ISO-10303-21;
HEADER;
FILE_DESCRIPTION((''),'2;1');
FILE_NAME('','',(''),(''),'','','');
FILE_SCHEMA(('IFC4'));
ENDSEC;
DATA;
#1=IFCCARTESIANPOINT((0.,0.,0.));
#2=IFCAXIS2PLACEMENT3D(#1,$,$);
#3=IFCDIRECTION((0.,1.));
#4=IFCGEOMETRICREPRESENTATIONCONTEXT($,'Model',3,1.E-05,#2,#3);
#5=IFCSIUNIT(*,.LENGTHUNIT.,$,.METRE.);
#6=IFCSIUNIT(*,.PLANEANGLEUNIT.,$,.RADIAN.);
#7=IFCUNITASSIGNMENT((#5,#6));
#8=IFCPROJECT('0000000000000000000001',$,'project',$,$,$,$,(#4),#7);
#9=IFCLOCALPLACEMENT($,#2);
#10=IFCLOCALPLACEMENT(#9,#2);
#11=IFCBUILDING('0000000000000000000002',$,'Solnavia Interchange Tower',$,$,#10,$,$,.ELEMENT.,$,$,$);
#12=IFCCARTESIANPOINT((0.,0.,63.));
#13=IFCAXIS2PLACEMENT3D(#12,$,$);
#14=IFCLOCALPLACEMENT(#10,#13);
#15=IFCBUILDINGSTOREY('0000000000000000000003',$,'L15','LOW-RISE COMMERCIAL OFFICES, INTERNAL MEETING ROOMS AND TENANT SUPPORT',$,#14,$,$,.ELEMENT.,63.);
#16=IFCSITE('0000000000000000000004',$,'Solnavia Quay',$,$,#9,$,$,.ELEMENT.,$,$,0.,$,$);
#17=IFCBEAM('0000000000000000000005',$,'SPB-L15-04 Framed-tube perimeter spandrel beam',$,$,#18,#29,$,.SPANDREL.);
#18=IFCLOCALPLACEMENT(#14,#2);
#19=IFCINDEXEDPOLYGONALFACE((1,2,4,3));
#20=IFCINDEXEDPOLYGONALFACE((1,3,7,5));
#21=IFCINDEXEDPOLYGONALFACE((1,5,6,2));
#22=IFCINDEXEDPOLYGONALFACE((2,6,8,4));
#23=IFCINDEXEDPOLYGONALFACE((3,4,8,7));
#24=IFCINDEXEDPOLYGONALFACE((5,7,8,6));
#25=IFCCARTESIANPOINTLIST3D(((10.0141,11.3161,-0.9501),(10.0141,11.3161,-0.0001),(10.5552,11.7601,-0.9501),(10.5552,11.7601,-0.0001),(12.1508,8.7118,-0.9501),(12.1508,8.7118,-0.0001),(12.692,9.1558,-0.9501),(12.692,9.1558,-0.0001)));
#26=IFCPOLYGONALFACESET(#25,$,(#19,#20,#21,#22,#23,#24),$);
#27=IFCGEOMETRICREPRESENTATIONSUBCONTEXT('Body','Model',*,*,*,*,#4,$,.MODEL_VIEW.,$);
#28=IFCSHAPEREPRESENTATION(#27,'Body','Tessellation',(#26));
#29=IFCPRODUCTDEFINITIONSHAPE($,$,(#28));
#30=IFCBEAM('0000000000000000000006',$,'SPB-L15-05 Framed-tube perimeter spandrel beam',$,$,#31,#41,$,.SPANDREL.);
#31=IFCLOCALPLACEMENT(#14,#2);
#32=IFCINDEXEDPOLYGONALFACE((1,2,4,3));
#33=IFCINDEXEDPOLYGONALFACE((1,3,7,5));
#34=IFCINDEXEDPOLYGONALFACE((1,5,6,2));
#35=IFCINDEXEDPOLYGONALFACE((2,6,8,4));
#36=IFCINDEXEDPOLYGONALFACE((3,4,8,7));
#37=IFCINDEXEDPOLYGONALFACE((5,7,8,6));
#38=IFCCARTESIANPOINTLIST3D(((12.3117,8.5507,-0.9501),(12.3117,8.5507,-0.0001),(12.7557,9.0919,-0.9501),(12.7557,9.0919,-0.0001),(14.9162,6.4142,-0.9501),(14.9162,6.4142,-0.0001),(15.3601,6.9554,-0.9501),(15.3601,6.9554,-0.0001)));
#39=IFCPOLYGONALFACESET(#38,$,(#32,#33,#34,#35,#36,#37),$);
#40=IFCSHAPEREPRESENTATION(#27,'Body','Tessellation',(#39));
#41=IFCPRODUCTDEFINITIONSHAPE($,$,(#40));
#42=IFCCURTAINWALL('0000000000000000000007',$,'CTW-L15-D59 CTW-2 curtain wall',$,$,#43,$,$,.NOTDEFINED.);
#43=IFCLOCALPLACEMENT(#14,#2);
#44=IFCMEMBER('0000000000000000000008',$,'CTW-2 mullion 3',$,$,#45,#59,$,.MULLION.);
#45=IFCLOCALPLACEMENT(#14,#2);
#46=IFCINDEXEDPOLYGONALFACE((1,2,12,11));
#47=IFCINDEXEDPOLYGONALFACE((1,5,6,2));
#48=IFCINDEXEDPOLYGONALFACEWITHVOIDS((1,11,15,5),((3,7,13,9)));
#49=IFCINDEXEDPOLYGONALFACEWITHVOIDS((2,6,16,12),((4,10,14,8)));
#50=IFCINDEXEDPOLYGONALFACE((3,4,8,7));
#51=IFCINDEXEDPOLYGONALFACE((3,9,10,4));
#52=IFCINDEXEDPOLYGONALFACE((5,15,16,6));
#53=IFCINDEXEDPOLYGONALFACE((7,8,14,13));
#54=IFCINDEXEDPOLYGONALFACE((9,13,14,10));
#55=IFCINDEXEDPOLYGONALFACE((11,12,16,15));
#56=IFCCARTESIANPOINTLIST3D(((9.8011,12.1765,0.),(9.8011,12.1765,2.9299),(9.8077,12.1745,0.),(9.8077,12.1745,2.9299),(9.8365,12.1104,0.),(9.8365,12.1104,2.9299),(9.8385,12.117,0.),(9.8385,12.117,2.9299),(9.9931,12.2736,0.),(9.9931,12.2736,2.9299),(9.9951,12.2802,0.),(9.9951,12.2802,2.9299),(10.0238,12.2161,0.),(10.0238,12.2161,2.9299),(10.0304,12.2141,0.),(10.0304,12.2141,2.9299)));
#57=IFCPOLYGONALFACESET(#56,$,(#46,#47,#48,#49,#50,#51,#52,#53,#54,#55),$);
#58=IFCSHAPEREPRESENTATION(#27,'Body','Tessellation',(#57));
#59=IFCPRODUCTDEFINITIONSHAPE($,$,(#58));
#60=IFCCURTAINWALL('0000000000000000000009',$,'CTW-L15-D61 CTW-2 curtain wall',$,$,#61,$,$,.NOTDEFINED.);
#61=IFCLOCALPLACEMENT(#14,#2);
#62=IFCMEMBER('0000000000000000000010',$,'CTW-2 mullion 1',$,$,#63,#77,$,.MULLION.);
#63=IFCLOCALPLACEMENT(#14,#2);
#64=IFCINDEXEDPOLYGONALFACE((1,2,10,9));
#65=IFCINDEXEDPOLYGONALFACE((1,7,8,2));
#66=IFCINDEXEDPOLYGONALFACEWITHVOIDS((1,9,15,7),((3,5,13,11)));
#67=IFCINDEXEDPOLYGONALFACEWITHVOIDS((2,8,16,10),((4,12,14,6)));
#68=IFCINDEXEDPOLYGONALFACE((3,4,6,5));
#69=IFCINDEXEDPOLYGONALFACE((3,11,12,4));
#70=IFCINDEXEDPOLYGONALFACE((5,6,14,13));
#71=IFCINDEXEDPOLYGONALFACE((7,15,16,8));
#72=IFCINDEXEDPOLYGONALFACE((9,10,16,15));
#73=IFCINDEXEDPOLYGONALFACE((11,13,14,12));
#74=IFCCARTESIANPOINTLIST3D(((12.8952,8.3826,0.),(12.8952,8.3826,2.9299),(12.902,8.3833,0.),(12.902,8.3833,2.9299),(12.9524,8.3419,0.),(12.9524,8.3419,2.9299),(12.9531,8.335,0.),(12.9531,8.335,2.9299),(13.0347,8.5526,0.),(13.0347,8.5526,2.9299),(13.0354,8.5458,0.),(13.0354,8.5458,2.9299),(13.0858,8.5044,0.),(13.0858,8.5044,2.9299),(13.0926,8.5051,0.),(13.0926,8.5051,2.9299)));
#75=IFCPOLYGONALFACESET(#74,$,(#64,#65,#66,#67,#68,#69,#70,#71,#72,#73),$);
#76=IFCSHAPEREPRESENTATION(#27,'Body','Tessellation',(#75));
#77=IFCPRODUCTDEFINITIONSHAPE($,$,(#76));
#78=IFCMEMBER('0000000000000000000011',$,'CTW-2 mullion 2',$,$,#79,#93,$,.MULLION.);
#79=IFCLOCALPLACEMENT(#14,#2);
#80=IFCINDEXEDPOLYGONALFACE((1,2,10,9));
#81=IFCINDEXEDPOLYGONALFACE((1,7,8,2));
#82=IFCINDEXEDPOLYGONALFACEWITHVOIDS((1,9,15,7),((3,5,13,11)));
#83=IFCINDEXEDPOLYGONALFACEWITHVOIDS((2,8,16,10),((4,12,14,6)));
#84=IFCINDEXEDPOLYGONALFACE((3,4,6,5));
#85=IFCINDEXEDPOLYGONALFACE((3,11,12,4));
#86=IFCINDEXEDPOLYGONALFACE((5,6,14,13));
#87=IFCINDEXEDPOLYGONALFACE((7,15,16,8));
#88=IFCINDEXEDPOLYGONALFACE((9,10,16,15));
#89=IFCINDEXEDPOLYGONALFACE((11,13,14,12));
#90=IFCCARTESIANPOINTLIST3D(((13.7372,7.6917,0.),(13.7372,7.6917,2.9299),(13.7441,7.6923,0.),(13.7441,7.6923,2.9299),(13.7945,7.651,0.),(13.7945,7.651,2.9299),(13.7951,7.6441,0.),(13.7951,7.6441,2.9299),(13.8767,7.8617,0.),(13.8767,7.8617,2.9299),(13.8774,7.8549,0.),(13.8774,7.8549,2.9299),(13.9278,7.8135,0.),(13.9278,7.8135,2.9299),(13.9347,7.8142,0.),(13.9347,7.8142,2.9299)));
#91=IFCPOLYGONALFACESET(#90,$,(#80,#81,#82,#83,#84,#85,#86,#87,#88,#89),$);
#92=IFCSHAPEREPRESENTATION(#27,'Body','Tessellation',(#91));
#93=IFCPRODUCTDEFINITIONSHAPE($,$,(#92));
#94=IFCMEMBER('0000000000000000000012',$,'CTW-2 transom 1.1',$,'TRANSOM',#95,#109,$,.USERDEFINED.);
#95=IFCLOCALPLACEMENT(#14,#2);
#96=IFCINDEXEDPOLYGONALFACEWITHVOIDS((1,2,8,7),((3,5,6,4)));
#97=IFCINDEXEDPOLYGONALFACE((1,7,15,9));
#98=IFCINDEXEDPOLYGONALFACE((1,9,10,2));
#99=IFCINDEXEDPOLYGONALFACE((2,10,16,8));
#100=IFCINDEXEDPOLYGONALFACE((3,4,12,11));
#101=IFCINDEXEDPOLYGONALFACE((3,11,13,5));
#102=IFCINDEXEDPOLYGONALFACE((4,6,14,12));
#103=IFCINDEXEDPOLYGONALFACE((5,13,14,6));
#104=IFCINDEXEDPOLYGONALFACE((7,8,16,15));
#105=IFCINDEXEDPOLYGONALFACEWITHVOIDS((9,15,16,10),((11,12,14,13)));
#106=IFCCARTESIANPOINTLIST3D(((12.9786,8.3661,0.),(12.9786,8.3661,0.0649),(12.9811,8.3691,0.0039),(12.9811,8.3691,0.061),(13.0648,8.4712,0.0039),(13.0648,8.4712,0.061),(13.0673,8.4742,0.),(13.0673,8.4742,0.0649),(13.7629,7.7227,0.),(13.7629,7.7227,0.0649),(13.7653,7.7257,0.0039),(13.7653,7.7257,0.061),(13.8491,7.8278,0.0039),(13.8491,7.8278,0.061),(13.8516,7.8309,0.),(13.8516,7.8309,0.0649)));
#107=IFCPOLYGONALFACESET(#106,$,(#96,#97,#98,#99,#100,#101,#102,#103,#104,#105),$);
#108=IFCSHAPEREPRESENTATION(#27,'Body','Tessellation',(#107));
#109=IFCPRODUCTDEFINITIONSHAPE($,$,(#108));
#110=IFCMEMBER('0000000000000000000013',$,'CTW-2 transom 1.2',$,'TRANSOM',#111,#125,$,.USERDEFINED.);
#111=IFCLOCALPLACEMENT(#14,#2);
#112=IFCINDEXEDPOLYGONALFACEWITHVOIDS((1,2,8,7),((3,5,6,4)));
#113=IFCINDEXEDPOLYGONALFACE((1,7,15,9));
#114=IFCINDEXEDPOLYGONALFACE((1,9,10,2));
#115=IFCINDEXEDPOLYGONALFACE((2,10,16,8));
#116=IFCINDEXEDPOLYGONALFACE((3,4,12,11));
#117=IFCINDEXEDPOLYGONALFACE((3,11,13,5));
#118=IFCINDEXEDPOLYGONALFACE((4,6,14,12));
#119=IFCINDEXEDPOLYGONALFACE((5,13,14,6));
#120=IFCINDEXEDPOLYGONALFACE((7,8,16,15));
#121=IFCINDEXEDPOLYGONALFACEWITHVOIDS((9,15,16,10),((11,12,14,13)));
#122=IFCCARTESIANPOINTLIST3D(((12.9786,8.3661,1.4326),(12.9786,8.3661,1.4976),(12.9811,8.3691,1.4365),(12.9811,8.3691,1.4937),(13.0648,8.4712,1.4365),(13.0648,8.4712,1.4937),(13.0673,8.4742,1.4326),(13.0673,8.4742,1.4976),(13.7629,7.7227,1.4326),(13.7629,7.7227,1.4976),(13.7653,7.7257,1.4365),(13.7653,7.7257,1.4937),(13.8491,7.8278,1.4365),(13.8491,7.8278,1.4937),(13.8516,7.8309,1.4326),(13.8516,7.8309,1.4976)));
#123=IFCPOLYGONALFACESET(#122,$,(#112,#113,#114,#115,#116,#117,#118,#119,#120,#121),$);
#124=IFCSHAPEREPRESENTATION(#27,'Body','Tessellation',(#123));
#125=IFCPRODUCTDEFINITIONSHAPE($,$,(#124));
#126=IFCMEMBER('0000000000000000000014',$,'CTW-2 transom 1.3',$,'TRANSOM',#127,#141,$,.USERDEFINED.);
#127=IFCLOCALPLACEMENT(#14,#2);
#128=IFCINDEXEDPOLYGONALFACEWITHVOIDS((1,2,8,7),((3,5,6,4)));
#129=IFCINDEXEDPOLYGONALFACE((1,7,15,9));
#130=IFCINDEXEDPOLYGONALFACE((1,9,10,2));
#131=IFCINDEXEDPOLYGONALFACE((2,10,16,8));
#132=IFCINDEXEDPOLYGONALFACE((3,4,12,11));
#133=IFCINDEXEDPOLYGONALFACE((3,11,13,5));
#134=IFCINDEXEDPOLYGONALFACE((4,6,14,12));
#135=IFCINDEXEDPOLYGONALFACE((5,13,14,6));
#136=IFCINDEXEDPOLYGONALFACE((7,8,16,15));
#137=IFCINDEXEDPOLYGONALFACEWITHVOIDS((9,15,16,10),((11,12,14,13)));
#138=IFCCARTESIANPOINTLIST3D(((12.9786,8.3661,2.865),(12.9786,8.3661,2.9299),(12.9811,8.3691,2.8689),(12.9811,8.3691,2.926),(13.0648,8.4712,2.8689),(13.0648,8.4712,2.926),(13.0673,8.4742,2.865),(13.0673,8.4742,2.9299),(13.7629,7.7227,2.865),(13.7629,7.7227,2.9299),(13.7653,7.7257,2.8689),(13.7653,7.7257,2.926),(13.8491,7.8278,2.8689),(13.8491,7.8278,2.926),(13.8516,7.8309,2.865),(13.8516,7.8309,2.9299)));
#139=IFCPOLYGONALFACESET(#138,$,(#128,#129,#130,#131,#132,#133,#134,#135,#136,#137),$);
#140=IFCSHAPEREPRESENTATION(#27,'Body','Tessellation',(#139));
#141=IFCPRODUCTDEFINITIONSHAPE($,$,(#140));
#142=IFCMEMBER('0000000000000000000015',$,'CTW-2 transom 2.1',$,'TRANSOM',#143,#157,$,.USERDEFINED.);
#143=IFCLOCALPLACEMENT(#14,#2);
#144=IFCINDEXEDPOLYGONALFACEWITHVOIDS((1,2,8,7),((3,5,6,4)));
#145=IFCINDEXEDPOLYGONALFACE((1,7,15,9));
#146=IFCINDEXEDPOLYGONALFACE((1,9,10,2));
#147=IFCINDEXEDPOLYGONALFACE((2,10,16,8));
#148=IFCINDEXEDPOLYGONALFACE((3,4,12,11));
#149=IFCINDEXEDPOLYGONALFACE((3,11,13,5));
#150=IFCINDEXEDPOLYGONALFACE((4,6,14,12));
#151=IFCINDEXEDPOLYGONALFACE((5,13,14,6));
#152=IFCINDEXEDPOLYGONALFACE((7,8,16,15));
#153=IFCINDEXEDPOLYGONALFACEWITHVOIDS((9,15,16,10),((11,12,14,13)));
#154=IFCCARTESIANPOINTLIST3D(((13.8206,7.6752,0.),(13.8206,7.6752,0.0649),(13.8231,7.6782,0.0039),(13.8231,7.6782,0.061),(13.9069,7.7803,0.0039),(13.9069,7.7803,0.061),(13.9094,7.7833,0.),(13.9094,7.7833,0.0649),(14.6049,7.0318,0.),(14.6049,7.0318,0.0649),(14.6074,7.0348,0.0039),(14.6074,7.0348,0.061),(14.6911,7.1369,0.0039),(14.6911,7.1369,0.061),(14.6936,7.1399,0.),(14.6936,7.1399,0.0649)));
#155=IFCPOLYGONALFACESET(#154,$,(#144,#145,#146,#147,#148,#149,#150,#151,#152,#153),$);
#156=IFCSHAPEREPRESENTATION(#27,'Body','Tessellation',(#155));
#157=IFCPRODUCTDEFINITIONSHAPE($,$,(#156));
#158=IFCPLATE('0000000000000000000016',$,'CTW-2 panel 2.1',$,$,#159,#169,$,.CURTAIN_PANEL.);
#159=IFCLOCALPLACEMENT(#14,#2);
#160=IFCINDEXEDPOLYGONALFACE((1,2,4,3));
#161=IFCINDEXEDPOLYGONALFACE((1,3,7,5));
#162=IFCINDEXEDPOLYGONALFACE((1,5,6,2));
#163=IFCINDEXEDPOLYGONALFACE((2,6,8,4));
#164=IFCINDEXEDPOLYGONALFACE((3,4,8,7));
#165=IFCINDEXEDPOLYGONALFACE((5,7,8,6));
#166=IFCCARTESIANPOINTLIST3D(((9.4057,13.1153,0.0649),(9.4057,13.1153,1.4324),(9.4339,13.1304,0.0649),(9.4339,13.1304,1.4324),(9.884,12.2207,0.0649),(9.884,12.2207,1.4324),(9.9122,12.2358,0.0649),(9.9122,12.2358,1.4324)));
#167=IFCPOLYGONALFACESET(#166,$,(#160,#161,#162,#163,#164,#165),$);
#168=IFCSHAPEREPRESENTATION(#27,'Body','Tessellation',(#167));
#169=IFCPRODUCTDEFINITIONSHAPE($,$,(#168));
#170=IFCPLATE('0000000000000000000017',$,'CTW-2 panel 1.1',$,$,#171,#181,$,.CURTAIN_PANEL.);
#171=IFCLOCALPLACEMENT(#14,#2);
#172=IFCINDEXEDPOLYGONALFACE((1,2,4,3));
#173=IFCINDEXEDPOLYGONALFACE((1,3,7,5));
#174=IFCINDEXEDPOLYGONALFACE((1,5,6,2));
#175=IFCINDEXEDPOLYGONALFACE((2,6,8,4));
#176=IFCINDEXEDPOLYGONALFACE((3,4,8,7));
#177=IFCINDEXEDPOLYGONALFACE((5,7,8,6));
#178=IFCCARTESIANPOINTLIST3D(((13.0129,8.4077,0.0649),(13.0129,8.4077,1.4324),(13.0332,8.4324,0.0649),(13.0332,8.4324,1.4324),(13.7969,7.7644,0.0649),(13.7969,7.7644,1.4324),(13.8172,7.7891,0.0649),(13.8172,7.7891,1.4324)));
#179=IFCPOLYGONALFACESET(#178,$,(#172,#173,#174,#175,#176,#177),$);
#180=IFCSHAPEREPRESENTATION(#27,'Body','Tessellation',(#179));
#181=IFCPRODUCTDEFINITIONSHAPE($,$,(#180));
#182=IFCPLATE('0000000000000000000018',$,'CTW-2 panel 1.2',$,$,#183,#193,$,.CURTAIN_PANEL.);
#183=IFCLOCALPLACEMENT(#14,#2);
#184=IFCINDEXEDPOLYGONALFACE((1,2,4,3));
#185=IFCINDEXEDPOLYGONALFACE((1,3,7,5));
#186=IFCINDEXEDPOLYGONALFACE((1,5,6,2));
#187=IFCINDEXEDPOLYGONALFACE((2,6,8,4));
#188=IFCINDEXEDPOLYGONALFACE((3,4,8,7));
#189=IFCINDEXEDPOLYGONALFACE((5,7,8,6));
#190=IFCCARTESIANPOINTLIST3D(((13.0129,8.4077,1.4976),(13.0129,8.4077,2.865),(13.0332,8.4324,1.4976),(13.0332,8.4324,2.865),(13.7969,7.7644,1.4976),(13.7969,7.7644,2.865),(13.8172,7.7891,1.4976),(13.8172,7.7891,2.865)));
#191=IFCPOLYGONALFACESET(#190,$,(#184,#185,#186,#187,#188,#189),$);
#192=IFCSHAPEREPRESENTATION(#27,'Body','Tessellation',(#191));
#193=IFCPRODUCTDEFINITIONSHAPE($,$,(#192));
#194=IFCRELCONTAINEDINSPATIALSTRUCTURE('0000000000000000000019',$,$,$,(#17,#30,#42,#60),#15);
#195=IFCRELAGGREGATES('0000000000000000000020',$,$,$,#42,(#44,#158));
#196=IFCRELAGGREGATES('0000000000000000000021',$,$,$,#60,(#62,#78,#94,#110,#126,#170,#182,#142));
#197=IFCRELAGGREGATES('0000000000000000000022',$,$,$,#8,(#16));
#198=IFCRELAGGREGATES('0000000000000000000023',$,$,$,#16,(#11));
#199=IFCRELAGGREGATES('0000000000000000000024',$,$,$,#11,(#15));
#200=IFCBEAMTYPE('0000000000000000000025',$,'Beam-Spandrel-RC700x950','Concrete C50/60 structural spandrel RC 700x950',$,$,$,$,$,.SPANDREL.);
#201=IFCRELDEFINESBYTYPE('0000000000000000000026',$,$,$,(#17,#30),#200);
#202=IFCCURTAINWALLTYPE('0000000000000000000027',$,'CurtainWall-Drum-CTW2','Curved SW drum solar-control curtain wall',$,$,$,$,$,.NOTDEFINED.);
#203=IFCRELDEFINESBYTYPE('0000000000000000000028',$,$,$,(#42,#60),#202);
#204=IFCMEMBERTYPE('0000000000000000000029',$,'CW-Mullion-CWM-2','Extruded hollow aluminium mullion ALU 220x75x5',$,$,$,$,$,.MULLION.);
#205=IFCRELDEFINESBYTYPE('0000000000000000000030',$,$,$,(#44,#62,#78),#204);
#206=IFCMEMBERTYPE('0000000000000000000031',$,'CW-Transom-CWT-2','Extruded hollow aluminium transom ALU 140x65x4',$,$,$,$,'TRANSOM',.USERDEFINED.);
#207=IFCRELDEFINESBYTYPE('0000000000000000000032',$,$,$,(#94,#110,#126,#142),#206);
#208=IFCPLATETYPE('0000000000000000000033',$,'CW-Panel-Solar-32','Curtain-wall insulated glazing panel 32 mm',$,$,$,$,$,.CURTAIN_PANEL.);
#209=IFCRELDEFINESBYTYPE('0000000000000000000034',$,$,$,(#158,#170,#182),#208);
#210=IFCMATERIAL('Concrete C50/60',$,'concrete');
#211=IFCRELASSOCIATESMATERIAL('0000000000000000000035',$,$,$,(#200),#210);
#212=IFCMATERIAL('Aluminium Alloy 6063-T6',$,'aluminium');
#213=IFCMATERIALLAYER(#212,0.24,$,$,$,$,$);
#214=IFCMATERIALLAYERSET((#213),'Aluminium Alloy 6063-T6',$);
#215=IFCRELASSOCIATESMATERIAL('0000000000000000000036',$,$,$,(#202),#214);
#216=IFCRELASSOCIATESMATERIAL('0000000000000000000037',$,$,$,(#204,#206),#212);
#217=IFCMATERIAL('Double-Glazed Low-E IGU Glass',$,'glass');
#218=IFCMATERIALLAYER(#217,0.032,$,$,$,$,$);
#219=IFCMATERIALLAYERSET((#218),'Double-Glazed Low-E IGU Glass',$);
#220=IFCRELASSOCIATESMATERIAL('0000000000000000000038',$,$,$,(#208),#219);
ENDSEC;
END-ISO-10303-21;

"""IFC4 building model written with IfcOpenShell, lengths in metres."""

from ifc_helpers import new_model, si_unit, direction, frame, origin, origin_2d, place, context, subcontext, project, spatial, rectangle, hollow_rectangle, extrude, material, layer, layer_set, material_profile, profile_set, type_object, element, aggregate, save


model = new_model("IFC4")

# Units and contexts
model_context = context("Model", 3, precision=1e-05, world=origin(), true_north=direction((0.0, 1.0)))
body_context = subcontext(model_context, "Body", "Model", "MODEL_VIEW")
ifc_project = project(units=[si_unit("LENGTHUNIT", "METRE"), si_unit("PLANEANGLEUNIT", "RADIAN")], contexts=[model_context])

# Site, building, storey
site_placement = place(None, origin())
site = spatial("IfcSite", under=ifc_project, at=site_placement, Name="Solnavia Quay", CompositionType="ELEMENT", RefElevation=0.0)
building_placement = place(site_placement, origin())
building = spatial("IfcBuilding", under=site, at=building_placement, Name="Solnavia Interchange Tower", CompositionType="ELEMENT")
storey_placement = place(building_placement, frame((0.0, 0.0, 63.0)))
storey = spatial("IfcBuildingStorey", under=building, at=storey_placement, Name="L15", Description="LOW-RISE COMMERCIAL OFFICES, INTERNAL MEETING ROOMS AND TENANT SUPPORT", CompositionType="ELEMENT", Elevation=63.0)

# Beams
ifc_material_1 = material(Name="Concrete C50/60", Category="concrete")
ifc_material_profile_1 = material_profile(ifc_material_1, rectangle(XDim=0.7, YDim=0.95, at=origin_2d()), Name="RC 700x950")
ifc_profile_set_1 = profile_set([ifc_material_profile_1], Name="Concrete C50/60")
beam_type_1 = type_object("IfcBeamType", Name="Beam-Spandrel-RC700x950", Description="Concrete C50/60 structural spandrel RC 700x950", PredefinedType="SPANDREL", material=ifc_profile_set_1)
for number, where, z_axis, x_axis, name in (
    (1, (10.2847, 11.5381, -0.4751), (0.634299, -0.773088, 0.0), (0.773088, 0.634299, 0.0), "SPB-L15-04 Framed-tube perimeter spandrel beam"),
    (2, (12.5337, 8.8213, -0.4751), (0.773153, -0.63422, 0.0), (0.63422, 0.773153, 0.0), "SPB-L15-05 Framed-tube perimeter spandrel beam"),
):
    element("IfcBeam", number, at=place(storey_placement, frame(where, z_axis=z_axis, x_axis=x_axis)), inside=storey, type_object=beam_type_1, Name=name, PredefinedType="SPANDREL", context=body_context, shape_type="SweptSolid", body=[
        extrude(rectangle(XDim=0.7, YDim=0.95, at=origin_2d()), origin(), (0.0, 0.0, 1.0), 3.3687),
    ])

# Curtain wall, member
ifc_material_2 = material(Name="Aluminium Alloy 6063-T6", Category="aluminium")
ifc_layer_1 = layer(ifc_material_2, 0.24)
ifc_layer_set_1 = layer_set([ifc_layer_1], Name="Aluminium Alloy 6063-T6")
curtain_wall_type = type_object("IfcCurtainWallType", Name="CurtainWall-Drum-CTW2", Description="Curved SW drum solar-control curtain wall", PredefinedType="NOTDEFINED", material=ifc_layer_set_1)
curtain_wall_1_placement = place(storey_placement, origin())
curtain_wall_1 = element("IfcCurtainWall", 3, at=curtain_wall_1_placement, inside=storey, type_object=curtain_wall_type, Name="CTW-L15-D59 CTW-2 curtain wall", PredefinedType="NOTDEFINED")
ifc_material_profile_2 = material_profile(ifc_material_2, hollow_rectangle(XDim=0.075, YDim=0.22, WallThickness=0.0049, at=origin_2d()), Name="ALU 220x75x5")
ifc_profile_set_2 = profile_set([ifc_material_profile_2], Name="Aluminium Alloy 6063-T6")
member_type_1 = type_object("IfcMemberType", Name="CW-Mullion-CWM-2", Description="Extruded hollow aluminium mullion ALU 220x75x5", PredefinedType="MULLION", material=ifc_profile_set_2)
member_1_placement = place(storey_placement, frame((9.9158, 12.1953, 0.0), z_axis=(0.0, 0.0, 1.0), x_axis=(0.471537, -0.881846, 0.0)))
member_1 = element("IfcMember", 4, at=member_1_placement, type_object=member_type_1, Name="CTW-2 mullion 3", PredefinedType="MULLION", context=body_context, shape_type="SweptSolid", body=[
    extrude(hollow_rectangle(XDim=0.075, YDim=0.22, WallThickness=0.0049, at=origin_2d()), origin(), (0.0, 0.0, 1.0), 2.9299),
])

# Curtain wall, members
curtain_wall_2_placement = place(storey_placement, origin())
curtain_wall_2 = element("IfcCurtainWall", 5, at=curtain_wall_2_placement, inside=storey, type_object=curtain_wall_type, Name="CTW-L15-D61 CTW-2 curtain wall", PredefinedType="NOTDEFINED")
member_2_placement = place(storey_placement, frame((12.9939, 8.4438, 0.0), z_axis=(0.0, 0.0, 1.0), x_axis=(0.773095, -0.634291, 0.0)))
member_2 = element("IfcMember", 6, at=member_2_placement, type_object=member_type_1, Name="CTW-2 mullion 1", PredefinedType="MULLION", context=body_context, shape_type="SweptSolid", body=[
    extrude(hollow_rectangle(XDim=0.075, YDim=0.22, WallThickness=0.0049, at=origin_2d()), origin(), (0.0, 0.0, 1.0), 2.9299),
])
member_3_placement = place(storey_placement, frame((13.8359, 7.7529, 0.0), z_axis=(0.0, 0.0, 1.0), x_axis=(0.773095, -0.634291, 0.0)))
member_3 = element("IfcMember", 7, at=member_3_placement, type_object=member_type_1, Name="CTW-2 mullion 2", PredefinedType="MULLION", context=body_context, shape_type="SweptSolid", body=[
    extrude(hollow_rectangle(XDim=0.075, YDim=0.22, WallThickness=0.0049, at=origin_2d()), origin(), (0.0, 0.0, 1.0), 2.9299),
])
ifc_material_profile_3 = material_profile(ifc_material_2, hollow_rectangle(XDim=0.0649, YDim=0.1399, WallThickness=0.0039, at=origin_2d()), Name="ALU 140x65x4")
ifc_profile_set_3 = profile_set([ifc_material_profile_3], Name="Aluminium Alloy 6063-T6")
member_type_2 = type_object("IfcMemberType", Name="CW-Transom-CWT-2", Description="Extruded hollow aluminium transom ALU 140x65x4", ElementType="TRANSOM", PredefinedType="USERDEFINED", material=ifc_profile_set_3)
member_4_placement = place(storey_placement, frame((13.0229, 8.4202, 0.0325), z_axis=(0.773131, -0.634247, 0.0), x_axis=(0.0, 0.0, 1.0)))
member_4 = element("IfcMember", 8, at=member_4_placement, type_object=member_type_2, Name="CTW-2 transom 1.1", ObjectType="TRANSOM", PredefinedType="USERDEFINED", context=body_context, shape_type="SweptSolid", body=[
    extrude(hollow_rectangle(XDim=0.0649, YDim=0.1399, WallThickness=0.0039, at=origin_2d()), origin(), (0.0, 0.0, 1.0), 1.0144),
])
member_5_placement = place(storey_placement, frame((13.0229, 8.4202, 1.4651), z_axis=(0.773131, -0.634247, 0.0), x_axis=(0.0, 0.0, 1.0)))
member_5 = element("IfcMember", 9, at=member_5_placement, type_object=member_type_2, Name="CTW-2 transom 1.2", ObjectType="TRANSOM", PredefinedType="USERDEFINED", context=body_context, shape_type="SweptSolid", body=[
    extrude(hollow_rectangle(XDim=0.0649, YDim=0.1399, WallThickness=0.0039, at=origin_2d()), origin(), (0.0, 0.0, 1.0), 1.0144),
])
member_6_placement = place(storey_placement, frame((13.0229, 8.4202, 2.8975), z_axis=(0.773131, -0.634247, 0.0), x_axis=(0.0, 0.0, 1.0)))
member_6 = element("IfcMember", 10, at=member_6_placement, type_object=member_type_2, Name="CTW-2 transom 1.3", ObjectType="TRANSOM", PredefinedType="USERDEFINED", context=body_context, shape_type="SweptSolid", body=[
    extrude(hollow_rectangle(XDim=0.0649, YDim=0.1399, WallThickness=0.0039, at=origin_2d()), origin(), (0.0, 0.0, 1.0), 1.0144),
])
member_7_placement = place(storey_placement, frame((13.865, 7.7292, 0.0325), z_axis=(0.773131, -0.634247, 0.0), x_axis=(0.0, 0.0, 1.0)))
member_7 = element("IfcMember", 11, at=member_7_placement, type_object=member_type_2, Name="CTW-2 transom 2.1", ObjectType="TRANSOM", PredefinedType="USERDEFINED", context=body_context, shape_type="SweptSolid", body=[
    extrude(hollow_rectangle(XDim=0.0649, YDim=0.1399, WallThickness=0.0039, at=origin_2d()), origin(), (0.0, 0.0, 1.0), 1.0144),
])

# Plates
ifc_material_3 = material(Name="Double-Glazed Low-E IGU Glass", Category="glass")
ifc_layer_2 = layer(ifc_material_3, 0.032)
ifc_layer_set_2 = layer_set([ifc_layer_2], Name="Double-Glazed Low-E IGU Glass")
plate_type = type_object("IfcPlateType", Name="CW-Panel-Solar-32", Description="Curtain-wall insulated glazing panel 32 mm", PredefinedType="CURTAIN_PANEL", material=ifc_layer_set_2)
plate_1_placement = place(storey_placement, frame((9.6589, 12.6755, 0.0649), z_axis=(0.0, 0.0, 1.0), x_axis=(0.471537, -0.881846, 0.0)))
plate_1 = element("IfcPlate", 12, at=plate_1_placement, type_object=plate_type, Name="CTW-2 panel 2.1", PredefinedType="CURTAIN_PANEL", context=body_context, shape_type="SweptSolid", body=[
    extrude(rectangle(XDim=1.0144, YDim=0.032, at=origin_2d()), origin(), (0.0, 0.0, 1.0), 1.3674),
])
aggregate(curtain_wall_1, [member_1, plate_1])
plate_2_placement = place(storey_placement, frame((13.415, 8.0984, 0.0649), z_axis=(0.0, 0.0, 1.0), x_axis=(0.773095, -0.634291, 0.0)))
plate_2 = element("IfcPlate", 13, at=plate_2_placement, type_object=plate_type, Name="CTW-2 panel 1.1", PredefinedType="CURTAIN_PANEL", context=body_context, shape_type="SweptSolid", body=[
    extrude(rectangle(XDim=1.0142, YDim=0.032, at=origin_2d()), origin(), (0.0, 0.0, 1.0), 1.3674),
])
plate_3_placement = place(storey_placement, frame((13.415, 8.0984, 1.4976), z_axis=(0.0, 0.0, 1.0), x_axis=(0.773095, -0.634291, 0.0)))
plate_3 = element("IfcPlate", 14, at=plate_3_placement, type_object=plate_type, Name="CTW-2 panel 1.2", PredefinedType="CURTAIN_PANEL", context=body_context, shape_type="SweptSolid", body=[
    extrude(rectangle(XDim=1.0142, YDim=0.032, at=origin_2d()), origin(), (0.0, 0.0, 1.0), 1.3674),
])
aggregate(curtain_wall_2, [member_2, member_3, member_4, member_5, member_6, plate_2, plate_3, member_7])

save(model, "model.ifc")
